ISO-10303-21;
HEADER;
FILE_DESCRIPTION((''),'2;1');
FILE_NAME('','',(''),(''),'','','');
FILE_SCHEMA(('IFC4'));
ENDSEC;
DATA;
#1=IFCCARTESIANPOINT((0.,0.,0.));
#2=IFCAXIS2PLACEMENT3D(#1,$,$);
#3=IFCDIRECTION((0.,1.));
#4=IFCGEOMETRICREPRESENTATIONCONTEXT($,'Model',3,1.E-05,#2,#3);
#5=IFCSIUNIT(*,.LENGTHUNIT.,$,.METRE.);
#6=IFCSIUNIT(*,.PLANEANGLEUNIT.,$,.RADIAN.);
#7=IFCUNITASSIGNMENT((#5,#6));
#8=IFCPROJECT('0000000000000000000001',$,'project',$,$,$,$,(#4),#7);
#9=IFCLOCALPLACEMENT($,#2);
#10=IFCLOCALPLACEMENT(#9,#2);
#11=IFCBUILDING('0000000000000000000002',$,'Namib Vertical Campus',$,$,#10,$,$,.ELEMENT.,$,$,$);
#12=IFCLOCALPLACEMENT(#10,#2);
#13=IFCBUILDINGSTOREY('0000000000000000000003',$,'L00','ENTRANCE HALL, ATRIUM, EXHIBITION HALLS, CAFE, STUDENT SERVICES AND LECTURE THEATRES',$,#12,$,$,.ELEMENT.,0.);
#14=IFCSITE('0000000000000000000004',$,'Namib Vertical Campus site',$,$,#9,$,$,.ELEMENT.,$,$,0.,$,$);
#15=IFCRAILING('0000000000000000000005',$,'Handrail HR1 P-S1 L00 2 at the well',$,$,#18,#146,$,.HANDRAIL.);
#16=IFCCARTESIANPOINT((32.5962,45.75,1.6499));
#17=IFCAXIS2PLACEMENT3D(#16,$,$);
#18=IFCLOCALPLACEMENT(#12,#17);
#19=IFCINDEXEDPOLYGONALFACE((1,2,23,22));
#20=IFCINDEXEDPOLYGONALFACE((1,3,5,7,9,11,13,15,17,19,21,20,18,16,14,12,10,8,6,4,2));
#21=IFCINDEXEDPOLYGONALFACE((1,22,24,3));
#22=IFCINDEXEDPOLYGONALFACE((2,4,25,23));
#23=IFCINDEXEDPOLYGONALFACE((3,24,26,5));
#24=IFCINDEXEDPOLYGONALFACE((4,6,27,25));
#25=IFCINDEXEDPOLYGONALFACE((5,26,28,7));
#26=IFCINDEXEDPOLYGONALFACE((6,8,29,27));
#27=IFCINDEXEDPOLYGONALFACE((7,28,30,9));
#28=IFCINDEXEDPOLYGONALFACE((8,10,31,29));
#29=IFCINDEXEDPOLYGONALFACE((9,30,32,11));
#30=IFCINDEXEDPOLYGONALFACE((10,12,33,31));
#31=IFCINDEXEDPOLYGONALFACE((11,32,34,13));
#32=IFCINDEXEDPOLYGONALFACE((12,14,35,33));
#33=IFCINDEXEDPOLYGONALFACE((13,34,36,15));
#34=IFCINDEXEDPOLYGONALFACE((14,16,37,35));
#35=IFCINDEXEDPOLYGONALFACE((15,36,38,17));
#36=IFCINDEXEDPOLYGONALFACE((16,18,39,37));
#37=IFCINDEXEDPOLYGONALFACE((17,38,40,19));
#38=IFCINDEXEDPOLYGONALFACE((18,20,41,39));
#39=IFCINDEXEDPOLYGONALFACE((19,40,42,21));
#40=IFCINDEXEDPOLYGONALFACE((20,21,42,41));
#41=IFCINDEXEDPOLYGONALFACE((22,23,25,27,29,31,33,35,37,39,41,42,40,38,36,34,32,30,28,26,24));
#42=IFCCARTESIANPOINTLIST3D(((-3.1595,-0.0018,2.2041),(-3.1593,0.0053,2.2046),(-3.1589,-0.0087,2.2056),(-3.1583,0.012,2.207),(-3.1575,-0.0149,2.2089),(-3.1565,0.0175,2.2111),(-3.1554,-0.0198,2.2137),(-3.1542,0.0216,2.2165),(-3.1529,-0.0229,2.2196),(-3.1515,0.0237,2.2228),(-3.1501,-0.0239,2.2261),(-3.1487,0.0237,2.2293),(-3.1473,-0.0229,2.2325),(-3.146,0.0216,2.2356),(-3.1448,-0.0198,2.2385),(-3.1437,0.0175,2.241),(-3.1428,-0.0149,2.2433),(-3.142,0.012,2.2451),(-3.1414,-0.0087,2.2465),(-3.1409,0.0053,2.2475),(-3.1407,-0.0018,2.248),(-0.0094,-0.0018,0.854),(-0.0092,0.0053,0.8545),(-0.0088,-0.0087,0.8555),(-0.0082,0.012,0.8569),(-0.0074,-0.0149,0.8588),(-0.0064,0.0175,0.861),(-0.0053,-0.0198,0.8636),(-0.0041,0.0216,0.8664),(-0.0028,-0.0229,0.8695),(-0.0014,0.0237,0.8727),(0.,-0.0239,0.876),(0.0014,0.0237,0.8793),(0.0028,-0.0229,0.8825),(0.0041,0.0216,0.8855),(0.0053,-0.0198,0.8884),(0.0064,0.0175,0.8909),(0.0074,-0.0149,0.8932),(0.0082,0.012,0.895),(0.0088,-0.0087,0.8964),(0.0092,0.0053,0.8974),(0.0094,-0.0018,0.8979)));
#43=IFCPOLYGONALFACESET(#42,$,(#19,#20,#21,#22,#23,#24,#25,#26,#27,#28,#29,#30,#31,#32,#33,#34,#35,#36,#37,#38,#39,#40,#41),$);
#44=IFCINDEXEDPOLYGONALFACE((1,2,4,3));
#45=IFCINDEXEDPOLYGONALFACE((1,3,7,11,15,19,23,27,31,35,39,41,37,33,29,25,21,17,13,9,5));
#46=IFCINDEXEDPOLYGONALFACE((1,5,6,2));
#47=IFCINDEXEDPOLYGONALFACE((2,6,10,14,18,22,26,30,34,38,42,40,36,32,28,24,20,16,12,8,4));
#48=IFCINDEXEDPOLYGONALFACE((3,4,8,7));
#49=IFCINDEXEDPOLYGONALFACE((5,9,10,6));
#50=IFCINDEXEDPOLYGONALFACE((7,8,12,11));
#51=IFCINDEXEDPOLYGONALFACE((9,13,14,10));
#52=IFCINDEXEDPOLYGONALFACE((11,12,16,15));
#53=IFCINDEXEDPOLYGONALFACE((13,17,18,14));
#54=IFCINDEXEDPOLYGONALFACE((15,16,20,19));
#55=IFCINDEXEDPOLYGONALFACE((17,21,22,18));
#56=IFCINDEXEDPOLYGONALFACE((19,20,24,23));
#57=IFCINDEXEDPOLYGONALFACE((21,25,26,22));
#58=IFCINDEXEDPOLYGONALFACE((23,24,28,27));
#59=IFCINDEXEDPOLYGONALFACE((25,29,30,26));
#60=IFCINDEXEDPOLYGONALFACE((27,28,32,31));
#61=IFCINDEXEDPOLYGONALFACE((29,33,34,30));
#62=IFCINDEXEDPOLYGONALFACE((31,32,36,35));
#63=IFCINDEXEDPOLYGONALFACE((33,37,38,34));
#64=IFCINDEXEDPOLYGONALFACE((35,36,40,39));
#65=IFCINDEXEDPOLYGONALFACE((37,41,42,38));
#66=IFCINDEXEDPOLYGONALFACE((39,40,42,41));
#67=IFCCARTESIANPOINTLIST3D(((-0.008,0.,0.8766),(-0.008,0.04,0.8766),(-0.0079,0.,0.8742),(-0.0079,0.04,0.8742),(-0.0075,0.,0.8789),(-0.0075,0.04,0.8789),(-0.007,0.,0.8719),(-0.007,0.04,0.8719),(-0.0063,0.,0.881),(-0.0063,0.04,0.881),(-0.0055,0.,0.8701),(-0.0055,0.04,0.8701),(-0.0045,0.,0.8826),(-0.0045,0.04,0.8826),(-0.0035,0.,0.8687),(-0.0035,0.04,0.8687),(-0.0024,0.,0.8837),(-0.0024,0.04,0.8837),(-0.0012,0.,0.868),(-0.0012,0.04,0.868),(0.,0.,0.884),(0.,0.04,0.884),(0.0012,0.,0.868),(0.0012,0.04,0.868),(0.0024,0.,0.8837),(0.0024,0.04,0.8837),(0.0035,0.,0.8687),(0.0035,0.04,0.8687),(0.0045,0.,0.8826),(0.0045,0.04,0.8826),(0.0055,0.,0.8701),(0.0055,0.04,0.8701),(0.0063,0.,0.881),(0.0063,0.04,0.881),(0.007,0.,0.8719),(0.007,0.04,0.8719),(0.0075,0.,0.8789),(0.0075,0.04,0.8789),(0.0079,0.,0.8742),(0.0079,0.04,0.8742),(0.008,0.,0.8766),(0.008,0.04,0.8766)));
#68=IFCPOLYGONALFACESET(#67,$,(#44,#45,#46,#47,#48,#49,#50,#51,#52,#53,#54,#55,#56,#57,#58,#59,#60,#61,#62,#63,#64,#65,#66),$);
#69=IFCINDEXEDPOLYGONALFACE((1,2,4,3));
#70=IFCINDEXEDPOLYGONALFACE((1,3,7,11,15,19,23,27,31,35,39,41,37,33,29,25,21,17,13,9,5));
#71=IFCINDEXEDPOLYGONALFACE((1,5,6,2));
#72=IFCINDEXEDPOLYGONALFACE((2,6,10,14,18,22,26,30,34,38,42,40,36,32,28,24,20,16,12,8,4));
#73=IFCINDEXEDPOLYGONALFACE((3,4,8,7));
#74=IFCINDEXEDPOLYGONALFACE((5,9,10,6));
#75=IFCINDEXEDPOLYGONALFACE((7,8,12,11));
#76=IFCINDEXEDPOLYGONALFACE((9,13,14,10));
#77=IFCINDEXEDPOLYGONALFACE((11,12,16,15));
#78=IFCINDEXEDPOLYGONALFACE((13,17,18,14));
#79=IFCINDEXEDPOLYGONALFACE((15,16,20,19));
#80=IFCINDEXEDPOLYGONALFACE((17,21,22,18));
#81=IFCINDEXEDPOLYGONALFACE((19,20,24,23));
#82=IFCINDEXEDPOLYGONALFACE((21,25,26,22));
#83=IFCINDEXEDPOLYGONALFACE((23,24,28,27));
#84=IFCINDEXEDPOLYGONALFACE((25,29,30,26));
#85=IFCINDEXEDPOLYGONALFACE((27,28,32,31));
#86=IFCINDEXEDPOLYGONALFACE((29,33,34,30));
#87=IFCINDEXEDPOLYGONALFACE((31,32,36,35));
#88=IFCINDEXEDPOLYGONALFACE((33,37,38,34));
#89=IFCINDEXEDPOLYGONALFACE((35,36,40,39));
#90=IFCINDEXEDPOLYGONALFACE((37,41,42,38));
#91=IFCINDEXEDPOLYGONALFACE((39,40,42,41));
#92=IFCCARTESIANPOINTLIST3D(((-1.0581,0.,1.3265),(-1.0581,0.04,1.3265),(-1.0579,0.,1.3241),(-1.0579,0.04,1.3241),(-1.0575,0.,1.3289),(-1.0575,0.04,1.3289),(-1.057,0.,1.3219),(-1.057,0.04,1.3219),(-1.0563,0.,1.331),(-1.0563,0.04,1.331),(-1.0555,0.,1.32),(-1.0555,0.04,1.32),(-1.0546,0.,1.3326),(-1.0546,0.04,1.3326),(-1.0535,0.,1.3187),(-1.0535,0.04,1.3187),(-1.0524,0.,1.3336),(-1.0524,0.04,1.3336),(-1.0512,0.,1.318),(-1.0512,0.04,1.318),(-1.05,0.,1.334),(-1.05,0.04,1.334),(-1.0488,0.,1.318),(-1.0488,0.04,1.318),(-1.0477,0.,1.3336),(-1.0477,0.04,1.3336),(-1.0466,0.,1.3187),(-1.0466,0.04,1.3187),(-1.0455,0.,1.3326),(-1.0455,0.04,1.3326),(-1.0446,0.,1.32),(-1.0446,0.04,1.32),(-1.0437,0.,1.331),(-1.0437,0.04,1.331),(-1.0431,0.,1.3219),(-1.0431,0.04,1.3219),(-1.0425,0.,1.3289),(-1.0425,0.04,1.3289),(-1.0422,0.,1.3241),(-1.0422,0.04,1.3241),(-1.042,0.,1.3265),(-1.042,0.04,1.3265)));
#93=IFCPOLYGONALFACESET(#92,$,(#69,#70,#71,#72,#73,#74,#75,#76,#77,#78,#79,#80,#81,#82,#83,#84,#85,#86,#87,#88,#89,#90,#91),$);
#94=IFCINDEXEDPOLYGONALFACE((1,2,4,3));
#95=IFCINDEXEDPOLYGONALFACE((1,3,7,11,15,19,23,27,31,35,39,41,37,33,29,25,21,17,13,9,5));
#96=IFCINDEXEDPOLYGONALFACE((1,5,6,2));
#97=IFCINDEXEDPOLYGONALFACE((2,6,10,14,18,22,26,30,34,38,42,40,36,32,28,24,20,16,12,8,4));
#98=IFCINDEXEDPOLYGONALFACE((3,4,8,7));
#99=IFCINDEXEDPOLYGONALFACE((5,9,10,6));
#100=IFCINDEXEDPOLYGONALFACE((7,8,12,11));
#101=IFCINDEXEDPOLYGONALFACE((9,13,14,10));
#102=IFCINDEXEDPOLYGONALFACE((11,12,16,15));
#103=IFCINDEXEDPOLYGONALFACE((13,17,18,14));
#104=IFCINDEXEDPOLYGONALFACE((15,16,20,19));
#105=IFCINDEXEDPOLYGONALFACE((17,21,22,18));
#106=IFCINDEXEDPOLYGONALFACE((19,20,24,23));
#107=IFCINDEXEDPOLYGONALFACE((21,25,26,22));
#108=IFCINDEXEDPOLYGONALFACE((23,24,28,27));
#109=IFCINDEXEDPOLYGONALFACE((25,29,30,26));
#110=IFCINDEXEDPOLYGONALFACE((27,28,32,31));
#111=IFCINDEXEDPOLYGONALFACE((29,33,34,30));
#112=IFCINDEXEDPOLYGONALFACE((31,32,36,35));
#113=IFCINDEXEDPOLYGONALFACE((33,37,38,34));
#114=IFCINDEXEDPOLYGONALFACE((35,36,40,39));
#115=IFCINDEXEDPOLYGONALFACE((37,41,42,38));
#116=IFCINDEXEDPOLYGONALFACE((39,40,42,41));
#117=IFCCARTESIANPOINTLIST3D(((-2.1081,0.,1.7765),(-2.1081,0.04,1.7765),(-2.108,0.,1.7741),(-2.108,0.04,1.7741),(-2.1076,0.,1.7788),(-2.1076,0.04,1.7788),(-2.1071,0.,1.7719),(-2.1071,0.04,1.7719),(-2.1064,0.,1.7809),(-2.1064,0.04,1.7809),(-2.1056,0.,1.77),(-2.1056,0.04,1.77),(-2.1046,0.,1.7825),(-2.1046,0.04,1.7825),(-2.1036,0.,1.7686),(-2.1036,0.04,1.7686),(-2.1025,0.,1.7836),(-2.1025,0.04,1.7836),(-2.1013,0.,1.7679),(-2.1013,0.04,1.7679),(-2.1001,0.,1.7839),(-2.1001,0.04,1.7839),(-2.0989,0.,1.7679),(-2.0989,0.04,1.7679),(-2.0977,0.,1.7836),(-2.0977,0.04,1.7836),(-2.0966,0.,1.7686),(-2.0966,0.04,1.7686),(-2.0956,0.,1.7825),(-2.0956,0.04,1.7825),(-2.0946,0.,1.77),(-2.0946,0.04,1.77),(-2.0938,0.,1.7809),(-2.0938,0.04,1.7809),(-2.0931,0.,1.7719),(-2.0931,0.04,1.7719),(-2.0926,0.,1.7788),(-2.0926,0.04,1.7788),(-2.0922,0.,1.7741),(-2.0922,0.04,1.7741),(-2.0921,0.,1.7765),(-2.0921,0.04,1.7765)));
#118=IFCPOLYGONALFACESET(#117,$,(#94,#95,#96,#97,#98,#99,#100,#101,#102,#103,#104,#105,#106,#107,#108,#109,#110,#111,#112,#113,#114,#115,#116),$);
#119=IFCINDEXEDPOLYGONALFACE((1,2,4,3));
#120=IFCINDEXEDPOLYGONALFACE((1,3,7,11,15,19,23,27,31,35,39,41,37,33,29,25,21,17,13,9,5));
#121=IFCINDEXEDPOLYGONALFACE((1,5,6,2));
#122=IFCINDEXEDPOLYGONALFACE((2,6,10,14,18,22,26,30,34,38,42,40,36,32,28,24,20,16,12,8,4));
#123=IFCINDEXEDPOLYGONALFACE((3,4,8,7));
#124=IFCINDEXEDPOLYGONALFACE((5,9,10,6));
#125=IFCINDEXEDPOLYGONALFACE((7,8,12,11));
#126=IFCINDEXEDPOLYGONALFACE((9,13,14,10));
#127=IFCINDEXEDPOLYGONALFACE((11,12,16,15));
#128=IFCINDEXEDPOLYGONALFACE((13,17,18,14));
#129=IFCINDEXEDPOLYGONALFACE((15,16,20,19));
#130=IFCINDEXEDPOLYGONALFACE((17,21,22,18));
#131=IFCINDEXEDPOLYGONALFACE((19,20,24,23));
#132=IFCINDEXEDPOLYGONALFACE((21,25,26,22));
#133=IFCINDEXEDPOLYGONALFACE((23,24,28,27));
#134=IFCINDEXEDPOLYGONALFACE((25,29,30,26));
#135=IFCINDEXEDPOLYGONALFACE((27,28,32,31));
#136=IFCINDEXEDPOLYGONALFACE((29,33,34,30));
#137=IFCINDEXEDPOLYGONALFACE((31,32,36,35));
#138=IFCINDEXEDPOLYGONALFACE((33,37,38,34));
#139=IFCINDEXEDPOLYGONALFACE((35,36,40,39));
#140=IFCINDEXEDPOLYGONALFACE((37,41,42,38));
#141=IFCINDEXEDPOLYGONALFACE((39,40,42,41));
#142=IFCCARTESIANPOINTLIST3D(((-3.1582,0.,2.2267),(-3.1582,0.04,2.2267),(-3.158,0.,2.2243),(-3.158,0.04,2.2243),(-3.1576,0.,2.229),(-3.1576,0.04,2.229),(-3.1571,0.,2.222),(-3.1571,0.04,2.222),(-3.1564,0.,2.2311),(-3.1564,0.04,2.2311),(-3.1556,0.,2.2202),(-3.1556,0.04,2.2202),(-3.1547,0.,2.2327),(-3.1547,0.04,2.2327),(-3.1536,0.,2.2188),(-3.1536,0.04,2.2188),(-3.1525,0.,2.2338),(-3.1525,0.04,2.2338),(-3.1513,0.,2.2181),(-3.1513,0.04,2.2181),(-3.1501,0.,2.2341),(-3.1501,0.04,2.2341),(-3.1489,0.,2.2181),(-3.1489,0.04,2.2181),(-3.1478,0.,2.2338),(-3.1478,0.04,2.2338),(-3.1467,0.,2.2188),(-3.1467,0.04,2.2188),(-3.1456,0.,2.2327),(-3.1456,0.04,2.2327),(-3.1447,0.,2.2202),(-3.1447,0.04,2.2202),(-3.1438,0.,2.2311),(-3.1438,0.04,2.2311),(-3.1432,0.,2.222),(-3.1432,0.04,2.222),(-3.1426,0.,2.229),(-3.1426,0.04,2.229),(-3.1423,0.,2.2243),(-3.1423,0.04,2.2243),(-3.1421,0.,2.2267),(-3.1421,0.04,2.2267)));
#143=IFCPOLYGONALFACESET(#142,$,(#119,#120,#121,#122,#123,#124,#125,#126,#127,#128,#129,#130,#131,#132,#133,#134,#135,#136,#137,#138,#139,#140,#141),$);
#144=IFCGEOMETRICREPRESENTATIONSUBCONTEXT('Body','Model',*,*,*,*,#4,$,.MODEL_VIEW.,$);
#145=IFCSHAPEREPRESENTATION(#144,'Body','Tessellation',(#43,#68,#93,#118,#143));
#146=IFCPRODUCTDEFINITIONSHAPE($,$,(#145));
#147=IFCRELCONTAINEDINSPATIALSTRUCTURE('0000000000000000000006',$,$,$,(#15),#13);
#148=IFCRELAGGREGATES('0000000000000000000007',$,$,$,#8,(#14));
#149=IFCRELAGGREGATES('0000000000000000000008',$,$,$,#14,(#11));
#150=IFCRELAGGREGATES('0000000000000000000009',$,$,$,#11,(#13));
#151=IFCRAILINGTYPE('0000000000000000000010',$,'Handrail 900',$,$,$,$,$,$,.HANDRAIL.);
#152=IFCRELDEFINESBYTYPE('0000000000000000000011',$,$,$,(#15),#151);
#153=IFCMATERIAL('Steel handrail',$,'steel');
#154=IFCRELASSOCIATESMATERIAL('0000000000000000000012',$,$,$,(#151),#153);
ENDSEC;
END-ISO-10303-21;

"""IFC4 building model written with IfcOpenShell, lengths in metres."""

from ifc_helpers import new_model, si_unit, direction, frame, origin, origin_2d, place, context, subcontext, project, spatial, circle, extrude, material, type_object, element, save


model = new_model("IFC4")

# Units and contexts
model_context = context("Model", 3, precision=1e-05, world=origin(), true_north=direction((0.0, 1.0)))
body_context = subcontext(model_context, "Body", "Model", "MODEL_VIEW")
ifc_project = project(units=[si_unit("LENGTHUNIT", "METRE"), si_unit("PLANEANGLEUNIT", "RADIAN")], contexts=[model_context])

# Site, building, storey
site_placement = place(None, origin())
site = spatial("IfcSite", under=ifc_project, at=site_placement, Name="Namib Vertical Campus site", CompositionType="ELEMENT", RefElevation=0.0)
building_placement = place(site_placement, origin())
building = spatial("IfcBuilding", under=site, at=building_placement, Name="Namib Vertical Campus", CompositionType="ELEMENT")
storey_placement = place(building_placement, origin())
storey = spatial("IfcBuildingStorey", under=building, at=storey_placement, Name="L00", Description="ENTRANCE HALL, ATRIUM, EXHIBITION HALLS, CAFE, STUDENT SERVICES AND LECTURE THEATRES", CompositionType="ELEMENT", Elevation=0.0)

# Railing
ifc_material_1 = material(Name="Steel handrail", Category="steel")
railing_type = type_object("IfcRailingType", Name="Handrail 900", PredefinedType="HANDRAIL", material=ifc_material_1)
railing_1_placement = place(storey_placement, frame((32.5962, 45.75, 1.6499)))
element("IfcRailing", 1, at=railing_1_placement, inside=storey, type_object=railing_type, Name="Handrail HR1 P-S1 L00 2 at the well", PredefinedType="HANDRAIL", context=body_context, shape_type="SweptSolid", body=[
    extrude(circle(Radius=0.0239, at=origin_2d()), frame((0.0, 0.0, 0.876), z_axis=(-0.919141, 0.0, 0.393928), x_axis=(0.0, -1.0, 0.0)), (0.0, 0.0, 1.0), 3.4272),
    extrude(circle(Radius=0.0081, at=origin_2d()), frame((0.0, 0.0, 0.876), z_axis=(0.0, 1.0, 0.0), x_axis=(0.0, 0.0, 1.0)), (0.0, 0.0, 1.0), 0.04),
    extrude(circle(Radius=0.0081, at=origin_2d()), frame((-1.05, 0.0, 1.3259), z_axis=(0.0, 1.0, 0.0), x_axis=(0.0, 0.0, 1.0)), (0.0, 0.0, 1.0), 0.04),
    extrude(circle(Radius=0.0081, at=origin_2d()), frame((-2.1001, 0.0, 1.7759), z_axis=(0.0, 1.0, 0.0), x_axis=(0.0, 0.0, 1.0)), (0.0, 0.0, 1.0), 0.04),
    extrude(circle(Radius=0.0081, at=origin_2d()), frame((-3.1501, 0.0, 2.2261), z_axis=(0.0, 1.0, 0.0), x_axis=(0.0, 0.0, 1.0)), (0.0, 0.0, 1.0), 0.04),
])

save(model, "model.ifc")
